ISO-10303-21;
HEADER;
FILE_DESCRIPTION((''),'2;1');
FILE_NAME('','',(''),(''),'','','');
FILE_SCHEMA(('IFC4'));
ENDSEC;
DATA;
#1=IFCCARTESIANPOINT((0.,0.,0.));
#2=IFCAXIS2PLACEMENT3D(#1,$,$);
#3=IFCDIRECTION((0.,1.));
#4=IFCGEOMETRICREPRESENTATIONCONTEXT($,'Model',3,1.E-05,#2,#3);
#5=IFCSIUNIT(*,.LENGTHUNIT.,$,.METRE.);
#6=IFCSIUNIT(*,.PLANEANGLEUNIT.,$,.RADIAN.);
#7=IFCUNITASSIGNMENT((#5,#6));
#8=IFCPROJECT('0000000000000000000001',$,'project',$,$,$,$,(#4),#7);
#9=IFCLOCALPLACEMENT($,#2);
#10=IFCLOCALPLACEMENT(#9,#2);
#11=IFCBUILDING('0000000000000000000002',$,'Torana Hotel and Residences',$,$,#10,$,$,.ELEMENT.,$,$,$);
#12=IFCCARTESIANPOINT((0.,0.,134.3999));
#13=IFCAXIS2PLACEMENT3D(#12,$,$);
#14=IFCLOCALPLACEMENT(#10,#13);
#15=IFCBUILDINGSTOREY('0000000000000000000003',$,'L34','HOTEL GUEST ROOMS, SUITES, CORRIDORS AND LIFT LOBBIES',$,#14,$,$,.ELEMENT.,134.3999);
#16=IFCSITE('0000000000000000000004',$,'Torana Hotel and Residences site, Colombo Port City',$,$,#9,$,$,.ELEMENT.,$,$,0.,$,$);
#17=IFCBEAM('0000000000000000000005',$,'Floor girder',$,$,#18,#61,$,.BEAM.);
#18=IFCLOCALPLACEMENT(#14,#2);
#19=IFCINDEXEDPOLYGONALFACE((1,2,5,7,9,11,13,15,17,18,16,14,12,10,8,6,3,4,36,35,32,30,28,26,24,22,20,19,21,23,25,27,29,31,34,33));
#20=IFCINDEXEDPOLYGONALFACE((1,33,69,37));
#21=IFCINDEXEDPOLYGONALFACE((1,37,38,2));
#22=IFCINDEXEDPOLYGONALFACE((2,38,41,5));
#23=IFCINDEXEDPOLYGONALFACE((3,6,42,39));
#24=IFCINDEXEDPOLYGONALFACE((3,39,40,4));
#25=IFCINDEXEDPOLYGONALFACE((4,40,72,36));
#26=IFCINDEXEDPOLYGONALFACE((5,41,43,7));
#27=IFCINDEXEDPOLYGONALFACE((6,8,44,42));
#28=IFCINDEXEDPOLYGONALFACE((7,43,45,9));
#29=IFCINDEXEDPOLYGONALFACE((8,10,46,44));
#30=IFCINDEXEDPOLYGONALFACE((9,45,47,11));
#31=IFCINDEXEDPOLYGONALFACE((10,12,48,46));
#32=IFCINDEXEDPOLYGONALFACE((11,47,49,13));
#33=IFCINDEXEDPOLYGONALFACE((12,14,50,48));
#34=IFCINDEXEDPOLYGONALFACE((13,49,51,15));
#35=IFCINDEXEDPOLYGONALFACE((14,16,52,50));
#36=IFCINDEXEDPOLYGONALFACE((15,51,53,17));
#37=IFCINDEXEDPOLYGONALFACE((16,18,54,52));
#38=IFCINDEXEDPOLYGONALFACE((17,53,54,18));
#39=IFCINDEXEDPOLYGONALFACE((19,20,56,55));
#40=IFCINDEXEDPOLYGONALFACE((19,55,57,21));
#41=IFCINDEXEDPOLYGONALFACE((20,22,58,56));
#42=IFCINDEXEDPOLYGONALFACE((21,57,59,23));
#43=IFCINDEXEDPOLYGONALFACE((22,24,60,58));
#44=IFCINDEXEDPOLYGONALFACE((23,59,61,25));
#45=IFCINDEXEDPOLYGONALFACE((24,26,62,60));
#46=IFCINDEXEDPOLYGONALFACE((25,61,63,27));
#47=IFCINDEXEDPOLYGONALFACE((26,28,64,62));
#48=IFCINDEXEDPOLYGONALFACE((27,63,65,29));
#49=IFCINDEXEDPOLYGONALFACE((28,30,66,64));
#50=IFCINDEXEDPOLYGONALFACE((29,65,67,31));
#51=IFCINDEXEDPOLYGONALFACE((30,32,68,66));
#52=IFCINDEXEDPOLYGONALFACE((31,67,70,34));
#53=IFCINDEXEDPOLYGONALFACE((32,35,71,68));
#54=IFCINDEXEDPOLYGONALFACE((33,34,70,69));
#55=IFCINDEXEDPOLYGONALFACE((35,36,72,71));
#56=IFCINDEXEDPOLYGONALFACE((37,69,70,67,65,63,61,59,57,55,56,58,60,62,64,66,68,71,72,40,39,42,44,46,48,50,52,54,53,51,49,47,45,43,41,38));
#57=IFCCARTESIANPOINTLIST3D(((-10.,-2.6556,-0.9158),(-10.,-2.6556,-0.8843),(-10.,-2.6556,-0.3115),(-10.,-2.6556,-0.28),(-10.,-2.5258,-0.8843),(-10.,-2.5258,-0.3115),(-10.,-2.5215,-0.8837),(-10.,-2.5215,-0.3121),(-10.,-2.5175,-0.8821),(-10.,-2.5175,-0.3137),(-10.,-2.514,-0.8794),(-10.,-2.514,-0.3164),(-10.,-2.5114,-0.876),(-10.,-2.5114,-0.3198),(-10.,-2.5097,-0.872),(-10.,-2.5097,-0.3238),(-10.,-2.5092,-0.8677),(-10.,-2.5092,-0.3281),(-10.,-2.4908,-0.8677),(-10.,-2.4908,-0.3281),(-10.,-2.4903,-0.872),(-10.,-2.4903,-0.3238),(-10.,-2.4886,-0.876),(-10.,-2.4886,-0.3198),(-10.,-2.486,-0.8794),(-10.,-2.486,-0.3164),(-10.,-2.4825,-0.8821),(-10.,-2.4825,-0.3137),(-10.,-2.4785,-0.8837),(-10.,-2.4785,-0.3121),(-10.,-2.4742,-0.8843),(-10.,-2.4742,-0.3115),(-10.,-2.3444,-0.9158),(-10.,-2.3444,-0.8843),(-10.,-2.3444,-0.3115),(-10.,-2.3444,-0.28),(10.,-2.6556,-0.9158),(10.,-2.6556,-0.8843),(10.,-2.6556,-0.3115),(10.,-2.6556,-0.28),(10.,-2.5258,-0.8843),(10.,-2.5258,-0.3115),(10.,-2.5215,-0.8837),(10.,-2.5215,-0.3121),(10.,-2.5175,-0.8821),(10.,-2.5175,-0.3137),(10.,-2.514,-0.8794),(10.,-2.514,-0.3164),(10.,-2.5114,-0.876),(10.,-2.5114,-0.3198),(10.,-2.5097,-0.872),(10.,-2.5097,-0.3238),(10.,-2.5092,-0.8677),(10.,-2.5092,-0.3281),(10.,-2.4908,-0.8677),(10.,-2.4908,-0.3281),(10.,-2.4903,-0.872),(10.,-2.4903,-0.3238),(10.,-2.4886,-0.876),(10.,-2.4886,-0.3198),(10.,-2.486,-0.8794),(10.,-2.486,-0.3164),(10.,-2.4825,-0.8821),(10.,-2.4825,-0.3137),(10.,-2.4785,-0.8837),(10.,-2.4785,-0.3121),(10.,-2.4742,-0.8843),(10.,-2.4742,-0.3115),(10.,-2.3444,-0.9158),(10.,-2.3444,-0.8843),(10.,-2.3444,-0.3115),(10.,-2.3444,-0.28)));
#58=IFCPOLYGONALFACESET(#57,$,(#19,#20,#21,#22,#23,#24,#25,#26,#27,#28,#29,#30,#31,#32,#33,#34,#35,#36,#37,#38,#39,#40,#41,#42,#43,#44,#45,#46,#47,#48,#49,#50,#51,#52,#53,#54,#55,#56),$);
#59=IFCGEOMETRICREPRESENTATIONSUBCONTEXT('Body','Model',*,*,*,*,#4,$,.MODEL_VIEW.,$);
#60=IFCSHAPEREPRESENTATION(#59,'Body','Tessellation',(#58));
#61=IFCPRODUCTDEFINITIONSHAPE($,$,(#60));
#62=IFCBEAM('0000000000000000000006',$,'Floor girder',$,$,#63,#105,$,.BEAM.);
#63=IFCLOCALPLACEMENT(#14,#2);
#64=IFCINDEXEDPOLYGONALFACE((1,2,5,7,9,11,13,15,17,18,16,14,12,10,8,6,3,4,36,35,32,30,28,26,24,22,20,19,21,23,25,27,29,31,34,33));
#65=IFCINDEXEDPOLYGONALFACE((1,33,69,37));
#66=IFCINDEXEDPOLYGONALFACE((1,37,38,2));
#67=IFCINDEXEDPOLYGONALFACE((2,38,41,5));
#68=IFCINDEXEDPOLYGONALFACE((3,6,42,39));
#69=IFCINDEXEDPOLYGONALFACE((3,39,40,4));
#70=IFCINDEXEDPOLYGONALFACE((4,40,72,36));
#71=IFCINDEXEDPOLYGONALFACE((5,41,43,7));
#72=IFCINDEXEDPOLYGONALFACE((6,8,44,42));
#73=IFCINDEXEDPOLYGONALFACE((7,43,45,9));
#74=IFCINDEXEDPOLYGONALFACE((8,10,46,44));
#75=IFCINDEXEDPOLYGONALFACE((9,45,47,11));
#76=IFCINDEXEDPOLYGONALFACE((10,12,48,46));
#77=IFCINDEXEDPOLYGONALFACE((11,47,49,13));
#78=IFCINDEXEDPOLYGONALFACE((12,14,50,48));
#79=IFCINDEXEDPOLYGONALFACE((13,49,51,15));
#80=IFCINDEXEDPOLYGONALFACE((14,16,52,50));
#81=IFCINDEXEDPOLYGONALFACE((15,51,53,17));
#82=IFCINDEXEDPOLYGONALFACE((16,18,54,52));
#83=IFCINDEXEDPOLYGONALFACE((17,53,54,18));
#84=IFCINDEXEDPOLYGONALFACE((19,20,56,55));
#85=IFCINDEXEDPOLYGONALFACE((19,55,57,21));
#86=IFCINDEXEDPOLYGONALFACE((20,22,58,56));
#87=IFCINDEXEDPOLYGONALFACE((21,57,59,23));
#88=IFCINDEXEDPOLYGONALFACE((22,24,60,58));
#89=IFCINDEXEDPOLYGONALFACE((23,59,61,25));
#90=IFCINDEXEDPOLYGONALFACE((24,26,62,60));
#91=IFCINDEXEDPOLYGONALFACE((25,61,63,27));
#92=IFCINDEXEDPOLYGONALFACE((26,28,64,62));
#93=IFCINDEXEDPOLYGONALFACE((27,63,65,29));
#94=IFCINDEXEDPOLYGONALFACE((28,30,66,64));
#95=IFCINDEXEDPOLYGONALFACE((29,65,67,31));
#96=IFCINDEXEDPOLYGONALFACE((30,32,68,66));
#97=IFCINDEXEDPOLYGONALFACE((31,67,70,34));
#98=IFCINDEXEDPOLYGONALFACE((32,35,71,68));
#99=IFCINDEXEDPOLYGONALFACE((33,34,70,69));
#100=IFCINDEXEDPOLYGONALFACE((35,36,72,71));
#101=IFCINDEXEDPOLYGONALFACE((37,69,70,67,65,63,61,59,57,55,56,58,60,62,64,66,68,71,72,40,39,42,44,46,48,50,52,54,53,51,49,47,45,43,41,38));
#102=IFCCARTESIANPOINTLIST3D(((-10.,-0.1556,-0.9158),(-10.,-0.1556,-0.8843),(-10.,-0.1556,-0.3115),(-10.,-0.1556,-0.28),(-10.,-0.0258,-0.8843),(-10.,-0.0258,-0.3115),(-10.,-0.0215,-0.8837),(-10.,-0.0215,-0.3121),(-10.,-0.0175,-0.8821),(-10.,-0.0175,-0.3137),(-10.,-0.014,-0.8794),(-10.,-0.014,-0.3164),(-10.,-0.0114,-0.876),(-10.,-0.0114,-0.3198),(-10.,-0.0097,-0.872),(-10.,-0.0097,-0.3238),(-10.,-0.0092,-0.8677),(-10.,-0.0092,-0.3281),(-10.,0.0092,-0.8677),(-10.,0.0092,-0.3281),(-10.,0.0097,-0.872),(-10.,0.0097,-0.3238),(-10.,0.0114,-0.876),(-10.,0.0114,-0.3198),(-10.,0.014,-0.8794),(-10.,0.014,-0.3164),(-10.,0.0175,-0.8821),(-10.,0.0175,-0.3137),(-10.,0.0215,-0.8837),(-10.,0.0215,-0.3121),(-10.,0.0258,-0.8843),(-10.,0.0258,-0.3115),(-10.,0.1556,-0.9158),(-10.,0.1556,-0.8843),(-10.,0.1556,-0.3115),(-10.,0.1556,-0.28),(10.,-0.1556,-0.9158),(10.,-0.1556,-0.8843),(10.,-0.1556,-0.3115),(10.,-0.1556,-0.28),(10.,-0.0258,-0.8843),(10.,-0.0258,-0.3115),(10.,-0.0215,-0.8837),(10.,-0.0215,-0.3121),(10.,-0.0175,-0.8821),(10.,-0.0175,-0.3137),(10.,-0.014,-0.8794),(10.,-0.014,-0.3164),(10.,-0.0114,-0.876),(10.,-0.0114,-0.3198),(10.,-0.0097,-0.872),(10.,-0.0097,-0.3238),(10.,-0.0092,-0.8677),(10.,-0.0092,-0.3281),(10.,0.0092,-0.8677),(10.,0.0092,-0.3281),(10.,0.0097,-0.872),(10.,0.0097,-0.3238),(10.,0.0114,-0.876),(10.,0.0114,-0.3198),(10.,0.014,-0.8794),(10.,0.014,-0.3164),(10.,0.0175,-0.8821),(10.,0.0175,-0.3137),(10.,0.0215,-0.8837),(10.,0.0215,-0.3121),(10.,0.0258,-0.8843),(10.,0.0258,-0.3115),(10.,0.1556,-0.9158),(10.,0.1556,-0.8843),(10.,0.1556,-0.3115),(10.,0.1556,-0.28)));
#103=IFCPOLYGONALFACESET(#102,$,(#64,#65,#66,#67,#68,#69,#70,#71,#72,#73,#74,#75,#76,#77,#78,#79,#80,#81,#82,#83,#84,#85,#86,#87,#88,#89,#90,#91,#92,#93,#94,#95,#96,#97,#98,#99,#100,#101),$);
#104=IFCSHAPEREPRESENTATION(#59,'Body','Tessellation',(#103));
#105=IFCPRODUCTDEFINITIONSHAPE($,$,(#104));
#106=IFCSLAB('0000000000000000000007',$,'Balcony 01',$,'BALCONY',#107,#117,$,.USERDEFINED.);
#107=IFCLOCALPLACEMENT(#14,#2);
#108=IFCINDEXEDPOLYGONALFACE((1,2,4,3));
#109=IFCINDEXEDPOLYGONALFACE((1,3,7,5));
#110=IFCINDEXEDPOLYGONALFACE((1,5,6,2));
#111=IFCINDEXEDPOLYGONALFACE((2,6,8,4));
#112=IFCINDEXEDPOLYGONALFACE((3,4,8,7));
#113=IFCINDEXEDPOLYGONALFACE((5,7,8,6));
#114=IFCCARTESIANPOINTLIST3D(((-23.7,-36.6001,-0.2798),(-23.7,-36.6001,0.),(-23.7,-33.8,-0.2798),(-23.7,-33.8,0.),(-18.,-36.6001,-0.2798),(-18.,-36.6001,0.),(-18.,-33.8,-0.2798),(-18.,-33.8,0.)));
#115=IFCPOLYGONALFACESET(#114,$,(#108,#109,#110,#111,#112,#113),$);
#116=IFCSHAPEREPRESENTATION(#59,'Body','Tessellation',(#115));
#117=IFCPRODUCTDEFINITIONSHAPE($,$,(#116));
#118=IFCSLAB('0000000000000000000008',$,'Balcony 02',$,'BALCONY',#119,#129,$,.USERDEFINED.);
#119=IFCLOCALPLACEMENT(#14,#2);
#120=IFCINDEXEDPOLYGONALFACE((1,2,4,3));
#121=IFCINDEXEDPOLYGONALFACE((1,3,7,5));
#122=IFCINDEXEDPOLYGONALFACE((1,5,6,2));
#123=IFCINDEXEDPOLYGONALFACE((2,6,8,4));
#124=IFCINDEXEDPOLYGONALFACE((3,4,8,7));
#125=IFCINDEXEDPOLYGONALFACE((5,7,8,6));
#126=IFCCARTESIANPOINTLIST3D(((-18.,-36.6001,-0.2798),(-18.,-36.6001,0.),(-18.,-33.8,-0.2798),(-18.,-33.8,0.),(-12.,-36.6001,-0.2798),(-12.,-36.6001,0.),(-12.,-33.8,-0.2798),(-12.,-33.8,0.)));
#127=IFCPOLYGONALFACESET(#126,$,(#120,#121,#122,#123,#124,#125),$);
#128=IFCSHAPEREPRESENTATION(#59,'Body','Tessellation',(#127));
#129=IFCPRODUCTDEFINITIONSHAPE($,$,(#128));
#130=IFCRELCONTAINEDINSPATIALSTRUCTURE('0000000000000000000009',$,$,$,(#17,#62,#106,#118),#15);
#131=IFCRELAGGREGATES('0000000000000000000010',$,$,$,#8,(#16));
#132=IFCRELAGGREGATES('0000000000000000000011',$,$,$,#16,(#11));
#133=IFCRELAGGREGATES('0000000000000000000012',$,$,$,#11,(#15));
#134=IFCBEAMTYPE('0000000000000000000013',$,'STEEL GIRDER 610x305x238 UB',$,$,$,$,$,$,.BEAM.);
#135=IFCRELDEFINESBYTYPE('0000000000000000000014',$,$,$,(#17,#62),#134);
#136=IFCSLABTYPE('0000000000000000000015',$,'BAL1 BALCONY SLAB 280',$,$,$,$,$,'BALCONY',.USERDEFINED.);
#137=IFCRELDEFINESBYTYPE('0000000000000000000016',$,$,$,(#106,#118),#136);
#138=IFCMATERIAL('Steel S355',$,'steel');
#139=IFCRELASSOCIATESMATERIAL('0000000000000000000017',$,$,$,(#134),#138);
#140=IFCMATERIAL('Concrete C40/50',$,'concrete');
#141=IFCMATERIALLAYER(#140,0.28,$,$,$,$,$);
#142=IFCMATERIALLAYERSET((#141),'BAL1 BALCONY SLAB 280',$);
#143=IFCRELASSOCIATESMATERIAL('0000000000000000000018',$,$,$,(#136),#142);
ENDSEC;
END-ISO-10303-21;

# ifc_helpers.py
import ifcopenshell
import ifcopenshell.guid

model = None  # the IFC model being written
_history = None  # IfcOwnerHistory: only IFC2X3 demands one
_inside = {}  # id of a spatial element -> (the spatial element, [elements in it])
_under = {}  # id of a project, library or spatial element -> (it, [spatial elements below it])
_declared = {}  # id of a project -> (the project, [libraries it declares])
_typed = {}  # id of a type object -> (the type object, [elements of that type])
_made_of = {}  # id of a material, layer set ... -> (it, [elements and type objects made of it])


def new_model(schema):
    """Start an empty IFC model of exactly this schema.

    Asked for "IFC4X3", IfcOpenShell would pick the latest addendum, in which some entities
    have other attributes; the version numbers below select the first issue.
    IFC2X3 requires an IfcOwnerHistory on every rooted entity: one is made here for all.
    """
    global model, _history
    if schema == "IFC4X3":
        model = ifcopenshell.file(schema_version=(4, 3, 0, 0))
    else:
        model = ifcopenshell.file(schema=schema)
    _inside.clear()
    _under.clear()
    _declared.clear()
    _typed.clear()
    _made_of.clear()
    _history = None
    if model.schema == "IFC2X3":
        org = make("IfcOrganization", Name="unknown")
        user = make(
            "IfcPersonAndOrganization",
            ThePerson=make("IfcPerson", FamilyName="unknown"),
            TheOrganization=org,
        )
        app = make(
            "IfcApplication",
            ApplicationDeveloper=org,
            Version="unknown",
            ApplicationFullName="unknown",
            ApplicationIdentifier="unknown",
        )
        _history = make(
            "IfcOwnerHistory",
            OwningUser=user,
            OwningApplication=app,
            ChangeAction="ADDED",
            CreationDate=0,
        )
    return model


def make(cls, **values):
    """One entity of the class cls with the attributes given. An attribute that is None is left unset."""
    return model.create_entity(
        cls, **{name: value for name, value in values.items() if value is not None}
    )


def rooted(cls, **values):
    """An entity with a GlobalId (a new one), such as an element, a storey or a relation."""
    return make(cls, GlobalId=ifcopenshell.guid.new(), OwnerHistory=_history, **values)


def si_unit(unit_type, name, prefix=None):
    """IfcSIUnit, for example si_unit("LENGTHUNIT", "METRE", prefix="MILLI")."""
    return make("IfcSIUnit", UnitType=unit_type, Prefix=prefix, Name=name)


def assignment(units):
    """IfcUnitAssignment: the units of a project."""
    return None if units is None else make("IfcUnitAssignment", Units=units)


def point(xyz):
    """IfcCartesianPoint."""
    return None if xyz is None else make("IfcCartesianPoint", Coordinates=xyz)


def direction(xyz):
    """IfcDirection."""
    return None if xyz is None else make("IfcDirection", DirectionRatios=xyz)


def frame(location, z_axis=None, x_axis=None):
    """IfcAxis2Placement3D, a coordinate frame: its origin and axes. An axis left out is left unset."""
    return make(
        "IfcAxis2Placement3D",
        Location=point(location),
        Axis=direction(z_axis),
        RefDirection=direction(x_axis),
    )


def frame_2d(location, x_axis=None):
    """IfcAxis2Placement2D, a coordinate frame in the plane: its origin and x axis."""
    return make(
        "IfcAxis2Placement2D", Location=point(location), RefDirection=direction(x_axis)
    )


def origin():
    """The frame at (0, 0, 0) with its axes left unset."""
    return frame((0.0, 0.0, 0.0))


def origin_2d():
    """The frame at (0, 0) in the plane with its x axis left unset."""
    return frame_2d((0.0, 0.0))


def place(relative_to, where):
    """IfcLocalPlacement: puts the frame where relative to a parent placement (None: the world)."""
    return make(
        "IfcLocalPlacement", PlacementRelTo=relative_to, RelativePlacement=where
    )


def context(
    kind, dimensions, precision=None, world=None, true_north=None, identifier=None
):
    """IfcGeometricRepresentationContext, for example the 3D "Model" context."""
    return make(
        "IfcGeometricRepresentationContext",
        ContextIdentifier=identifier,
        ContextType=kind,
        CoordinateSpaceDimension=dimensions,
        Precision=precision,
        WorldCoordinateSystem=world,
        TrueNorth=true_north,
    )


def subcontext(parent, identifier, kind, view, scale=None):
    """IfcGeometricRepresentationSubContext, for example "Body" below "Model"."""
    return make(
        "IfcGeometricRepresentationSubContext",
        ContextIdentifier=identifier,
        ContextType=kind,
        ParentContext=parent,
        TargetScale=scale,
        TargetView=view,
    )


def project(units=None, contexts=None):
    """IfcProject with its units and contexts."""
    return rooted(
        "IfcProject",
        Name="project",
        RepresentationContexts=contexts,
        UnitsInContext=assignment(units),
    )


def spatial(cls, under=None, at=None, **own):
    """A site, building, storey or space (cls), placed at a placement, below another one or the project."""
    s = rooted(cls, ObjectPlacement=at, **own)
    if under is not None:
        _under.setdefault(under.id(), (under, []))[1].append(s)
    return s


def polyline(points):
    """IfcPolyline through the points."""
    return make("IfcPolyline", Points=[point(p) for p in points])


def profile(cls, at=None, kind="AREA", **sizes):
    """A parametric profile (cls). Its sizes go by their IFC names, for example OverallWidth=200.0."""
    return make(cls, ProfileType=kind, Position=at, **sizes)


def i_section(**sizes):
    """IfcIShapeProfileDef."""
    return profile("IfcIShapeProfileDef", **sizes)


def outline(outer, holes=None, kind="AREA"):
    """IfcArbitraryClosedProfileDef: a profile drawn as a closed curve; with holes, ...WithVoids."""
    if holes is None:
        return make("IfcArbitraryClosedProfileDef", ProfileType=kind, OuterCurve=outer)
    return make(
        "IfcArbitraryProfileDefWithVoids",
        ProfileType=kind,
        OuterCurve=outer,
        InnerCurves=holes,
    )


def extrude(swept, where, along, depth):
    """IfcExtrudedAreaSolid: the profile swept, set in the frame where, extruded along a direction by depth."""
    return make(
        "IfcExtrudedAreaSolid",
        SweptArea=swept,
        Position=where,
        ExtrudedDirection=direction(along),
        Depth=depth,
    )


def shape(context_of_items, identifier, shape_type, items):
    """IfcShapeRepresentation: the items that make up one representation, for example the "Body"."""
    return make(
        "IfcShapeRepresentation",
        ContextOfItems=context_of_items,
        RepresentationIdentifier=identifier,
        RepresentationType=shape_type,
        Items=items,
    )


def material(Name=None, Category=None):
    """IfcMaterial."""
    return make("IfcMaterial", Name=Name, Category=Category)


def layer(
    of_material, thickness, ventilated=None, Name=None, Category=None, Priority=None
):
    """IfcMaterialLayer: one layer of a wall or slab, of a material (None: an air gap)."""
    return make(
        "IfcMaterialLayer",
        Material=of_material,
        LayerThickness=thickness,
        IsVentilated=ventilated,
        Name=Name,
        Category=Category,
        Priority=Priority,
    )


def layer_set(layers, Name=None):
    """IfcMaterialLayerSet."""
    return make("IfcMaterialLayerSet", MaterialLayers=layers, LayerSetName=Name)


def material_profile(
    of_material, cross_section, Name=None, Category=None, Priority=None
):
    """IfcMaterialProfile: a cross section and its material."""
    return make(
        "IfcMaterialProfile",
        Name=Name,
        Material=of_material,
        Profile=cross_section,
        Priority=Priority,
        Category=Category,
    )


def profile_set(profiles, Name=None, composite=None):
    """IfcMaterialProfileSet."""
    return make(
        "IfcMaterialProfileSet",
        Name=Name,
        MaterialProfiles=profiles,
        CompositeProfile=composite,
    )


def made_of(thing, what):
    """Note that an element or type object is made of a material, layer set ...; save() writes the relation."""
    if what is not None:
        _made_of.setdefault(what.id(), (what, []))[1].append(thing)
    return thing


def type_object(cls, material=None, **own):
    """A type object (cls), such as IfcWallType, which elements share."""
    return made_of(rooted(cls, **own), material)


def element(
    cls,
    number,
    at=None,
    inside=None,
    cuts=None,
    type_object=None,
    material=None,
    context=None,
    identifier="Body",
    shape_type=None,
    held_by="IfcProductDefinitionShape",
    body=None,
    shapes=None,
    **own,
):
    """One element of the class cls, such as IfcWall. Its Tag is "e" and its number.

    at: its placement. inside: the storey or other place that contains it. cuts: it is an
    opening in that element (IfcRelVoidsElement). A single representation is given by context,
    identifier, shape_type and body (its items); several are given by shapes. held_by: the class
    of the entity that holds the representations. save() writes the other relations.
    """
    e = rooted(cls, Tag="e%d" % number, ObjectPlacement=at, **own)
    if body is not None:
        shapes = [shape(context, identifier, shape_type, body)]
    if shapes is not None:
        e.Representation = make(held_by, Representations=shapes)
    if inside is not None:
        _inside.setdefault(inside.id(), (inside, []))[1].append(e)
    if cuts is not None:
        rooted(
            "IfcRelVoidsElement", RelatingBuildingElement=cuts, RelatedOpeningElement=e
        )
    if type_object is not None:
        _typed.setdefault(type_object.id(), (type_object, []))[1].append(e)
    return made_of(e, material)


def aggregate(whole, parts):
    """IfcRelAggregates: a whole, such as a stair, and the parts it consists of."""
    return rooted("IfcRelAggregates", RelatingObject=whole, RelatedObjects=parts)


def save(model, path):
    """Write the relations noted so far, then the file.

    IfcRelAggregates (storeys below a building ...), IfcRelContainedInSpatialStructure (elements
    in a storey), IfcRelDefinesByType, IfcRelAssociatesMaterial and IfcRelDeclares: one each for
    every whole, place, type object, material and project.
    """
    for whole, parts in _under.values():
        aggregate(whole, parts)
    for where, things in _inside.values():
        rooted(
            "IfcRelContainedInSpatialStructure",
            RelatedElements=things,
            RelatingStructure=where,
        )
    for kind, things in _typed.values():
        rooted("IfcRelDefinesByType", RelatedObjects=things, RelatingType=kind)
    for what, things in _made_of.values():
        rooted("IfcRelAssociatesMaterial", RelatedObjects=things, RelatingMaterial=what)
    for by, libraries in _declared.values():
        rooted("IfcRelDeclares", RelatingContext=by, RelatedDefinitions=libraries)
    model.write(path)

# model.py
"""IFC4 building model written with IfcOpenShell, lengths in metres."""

from ifc_helpers import new_model, si_unit, direction, frame, origin, origin_2d, place, context, subcontext, project, spatial, polyline, i_section, outline, extrude, material, layer, layer_set, material_profile, profile_set, type_object, element, save


model = new_model("IFC4")

# Units and contexts
model_context = context("Model", 3, precision=1e-05, world=origin(), true_north=direction((0.0, 1.0)))
body_context = subcontext(model_context, "Body", "Model", "MODEL_VIEW")
ifc_project = project(units=[si_unit("LENGTHUNIT", "METRE"), si_unit("PLANEANGLEUNIT", "RADIAN")], contexts=[model_context])

# Site, building, storey
site_placement = place(None, origin())
site = spatial("IfcSite", under=ifc_project, at=site_placement, Name="Torana Hotel and Residences site, Colombo Port City", CompositionType="ELEMENT", RefElevation=0.0)
building_placement = place(site_placement, origin())
building = spatial("IfcBuilding", under=site, at=building_placement, Name="Torana Hotel and Residences", CompositionType="ELEMENT")
storey_placement = place(building_placement, frame((0.0, 0.0, 134.3999)))
storey = spatial("IfcBuildingStorey", under=building, at=storey_placement, Name="L34", Description="HOTEL GUEST ROOMS, SUITES, CORRIDORS AND LIFT LOBBIES", CompositionType="ELEMENT", Elevation=134.3999)

# Beams
ifc_material_1 = material(Name="Steel S355", Category="steel")
ifc_material_profile = material_profile(ifc_material_1, i_section(OverallWidth=0.3113, OverallDepth=0.6357, WebThickness=0.0183, FlangeThickness=0.0315, FilletRadius=0.0166, at=origin_2d()), Name="610x305x238 UB")
ifc_profile_set = profile_set([ifc_material_profile], Name="Steel S355")
beam_type = type_object("IfcBeamType", Name="STEEL GIRDER 610x305x238 UB", PredefinedType="BEAM", material=ifc_profile_set)
for number, where, z_axis, x_axis, name in (
    (1, (-10.0, -2.5, -0.5979), (1.0, 0.0, 0.0), (0.0, 1.0, 0.0), "Floor girder"),
    (2, (-10.0, 0.0, -0.5979), (1.0, 0.0, 0.0), (0.0, 1.0, 0.0), "Floor girder"),
):
    element("IfcBeam", number, at=place(storey_placement, frame(where, z_axis=z_axis, x_axis=x_axis)), inside=storey, type_object=beam_type, Name=name, PredefinedType="BEAM", context=body_context, shape_type="SweptSolid", body=[
        extrude(i_section(OverallWidth=0.3113, OverallDepth=0.6357, WebThickness=0.0183, FlangeThickness=0.0315, FilletRadius=0.0166, at=origin_2d()), origin(), (0.0, 0.0, 1.0), 20.0),
    ])

# Slabs
ifc_material_2 = material(Name="Concrete C40/50", Category="concrete")
ifc_layer_1 = layer(ifc_material_2, 0.28)
ifc_layer_set_1 = layer_set([ifc_layer_1], Name="BAL1 BALCONY SLAB 280")
slab_type_1 = type_object("IfcSlabType", Name="BAL1 BALCONY SLAB 280", ElementType="BALCONY", PredefinedType="USERDEFINED", material=ifc_layer_set_1)
slab_1_placement = place(storey_placement, frame((0.0, 0.0, -0.2798)))
element("IfcSlab", 3, at=slab_1_placement, inside=storey, type_object=slab_type_1, Name="Balcony 01", ObjectType="BALCONY", PredefinedType="USERDEFINED", context=body_context, shape_type="SweptSolid", body=[
    extrude(outline(polyline([(-23.7, -36.6001), (-18.0, -36.6001), (-18.0, -33.8), (-23.7, -33.8), (-23.7, -36.6001)])), origin(), (0.0, 0.0, 1.0), 0.2798),
])
slab_2_placement = place(storey_placement, frame((0.0, 0.0, -0.2798)))
element("IfcSlab", 4, at=slab_2_placement, inside=storey, type_object=slab_type_1, Name="Balcony 02", ObjectType="BALCONY", PredefinedType="USERDEFINED", context=body_context, shape_type="SweptSolid", body=[
    extrude(outline(polyline([(-18.0, -36.6001), (-12.0, -36.6001), (-12.0, -33.8), (-18.0, -33.8), (-18.0, -36.6001)])), origin(), (0.0, 0.0, 1.0), 0.2798),
])

save(model, "model.ifc")
